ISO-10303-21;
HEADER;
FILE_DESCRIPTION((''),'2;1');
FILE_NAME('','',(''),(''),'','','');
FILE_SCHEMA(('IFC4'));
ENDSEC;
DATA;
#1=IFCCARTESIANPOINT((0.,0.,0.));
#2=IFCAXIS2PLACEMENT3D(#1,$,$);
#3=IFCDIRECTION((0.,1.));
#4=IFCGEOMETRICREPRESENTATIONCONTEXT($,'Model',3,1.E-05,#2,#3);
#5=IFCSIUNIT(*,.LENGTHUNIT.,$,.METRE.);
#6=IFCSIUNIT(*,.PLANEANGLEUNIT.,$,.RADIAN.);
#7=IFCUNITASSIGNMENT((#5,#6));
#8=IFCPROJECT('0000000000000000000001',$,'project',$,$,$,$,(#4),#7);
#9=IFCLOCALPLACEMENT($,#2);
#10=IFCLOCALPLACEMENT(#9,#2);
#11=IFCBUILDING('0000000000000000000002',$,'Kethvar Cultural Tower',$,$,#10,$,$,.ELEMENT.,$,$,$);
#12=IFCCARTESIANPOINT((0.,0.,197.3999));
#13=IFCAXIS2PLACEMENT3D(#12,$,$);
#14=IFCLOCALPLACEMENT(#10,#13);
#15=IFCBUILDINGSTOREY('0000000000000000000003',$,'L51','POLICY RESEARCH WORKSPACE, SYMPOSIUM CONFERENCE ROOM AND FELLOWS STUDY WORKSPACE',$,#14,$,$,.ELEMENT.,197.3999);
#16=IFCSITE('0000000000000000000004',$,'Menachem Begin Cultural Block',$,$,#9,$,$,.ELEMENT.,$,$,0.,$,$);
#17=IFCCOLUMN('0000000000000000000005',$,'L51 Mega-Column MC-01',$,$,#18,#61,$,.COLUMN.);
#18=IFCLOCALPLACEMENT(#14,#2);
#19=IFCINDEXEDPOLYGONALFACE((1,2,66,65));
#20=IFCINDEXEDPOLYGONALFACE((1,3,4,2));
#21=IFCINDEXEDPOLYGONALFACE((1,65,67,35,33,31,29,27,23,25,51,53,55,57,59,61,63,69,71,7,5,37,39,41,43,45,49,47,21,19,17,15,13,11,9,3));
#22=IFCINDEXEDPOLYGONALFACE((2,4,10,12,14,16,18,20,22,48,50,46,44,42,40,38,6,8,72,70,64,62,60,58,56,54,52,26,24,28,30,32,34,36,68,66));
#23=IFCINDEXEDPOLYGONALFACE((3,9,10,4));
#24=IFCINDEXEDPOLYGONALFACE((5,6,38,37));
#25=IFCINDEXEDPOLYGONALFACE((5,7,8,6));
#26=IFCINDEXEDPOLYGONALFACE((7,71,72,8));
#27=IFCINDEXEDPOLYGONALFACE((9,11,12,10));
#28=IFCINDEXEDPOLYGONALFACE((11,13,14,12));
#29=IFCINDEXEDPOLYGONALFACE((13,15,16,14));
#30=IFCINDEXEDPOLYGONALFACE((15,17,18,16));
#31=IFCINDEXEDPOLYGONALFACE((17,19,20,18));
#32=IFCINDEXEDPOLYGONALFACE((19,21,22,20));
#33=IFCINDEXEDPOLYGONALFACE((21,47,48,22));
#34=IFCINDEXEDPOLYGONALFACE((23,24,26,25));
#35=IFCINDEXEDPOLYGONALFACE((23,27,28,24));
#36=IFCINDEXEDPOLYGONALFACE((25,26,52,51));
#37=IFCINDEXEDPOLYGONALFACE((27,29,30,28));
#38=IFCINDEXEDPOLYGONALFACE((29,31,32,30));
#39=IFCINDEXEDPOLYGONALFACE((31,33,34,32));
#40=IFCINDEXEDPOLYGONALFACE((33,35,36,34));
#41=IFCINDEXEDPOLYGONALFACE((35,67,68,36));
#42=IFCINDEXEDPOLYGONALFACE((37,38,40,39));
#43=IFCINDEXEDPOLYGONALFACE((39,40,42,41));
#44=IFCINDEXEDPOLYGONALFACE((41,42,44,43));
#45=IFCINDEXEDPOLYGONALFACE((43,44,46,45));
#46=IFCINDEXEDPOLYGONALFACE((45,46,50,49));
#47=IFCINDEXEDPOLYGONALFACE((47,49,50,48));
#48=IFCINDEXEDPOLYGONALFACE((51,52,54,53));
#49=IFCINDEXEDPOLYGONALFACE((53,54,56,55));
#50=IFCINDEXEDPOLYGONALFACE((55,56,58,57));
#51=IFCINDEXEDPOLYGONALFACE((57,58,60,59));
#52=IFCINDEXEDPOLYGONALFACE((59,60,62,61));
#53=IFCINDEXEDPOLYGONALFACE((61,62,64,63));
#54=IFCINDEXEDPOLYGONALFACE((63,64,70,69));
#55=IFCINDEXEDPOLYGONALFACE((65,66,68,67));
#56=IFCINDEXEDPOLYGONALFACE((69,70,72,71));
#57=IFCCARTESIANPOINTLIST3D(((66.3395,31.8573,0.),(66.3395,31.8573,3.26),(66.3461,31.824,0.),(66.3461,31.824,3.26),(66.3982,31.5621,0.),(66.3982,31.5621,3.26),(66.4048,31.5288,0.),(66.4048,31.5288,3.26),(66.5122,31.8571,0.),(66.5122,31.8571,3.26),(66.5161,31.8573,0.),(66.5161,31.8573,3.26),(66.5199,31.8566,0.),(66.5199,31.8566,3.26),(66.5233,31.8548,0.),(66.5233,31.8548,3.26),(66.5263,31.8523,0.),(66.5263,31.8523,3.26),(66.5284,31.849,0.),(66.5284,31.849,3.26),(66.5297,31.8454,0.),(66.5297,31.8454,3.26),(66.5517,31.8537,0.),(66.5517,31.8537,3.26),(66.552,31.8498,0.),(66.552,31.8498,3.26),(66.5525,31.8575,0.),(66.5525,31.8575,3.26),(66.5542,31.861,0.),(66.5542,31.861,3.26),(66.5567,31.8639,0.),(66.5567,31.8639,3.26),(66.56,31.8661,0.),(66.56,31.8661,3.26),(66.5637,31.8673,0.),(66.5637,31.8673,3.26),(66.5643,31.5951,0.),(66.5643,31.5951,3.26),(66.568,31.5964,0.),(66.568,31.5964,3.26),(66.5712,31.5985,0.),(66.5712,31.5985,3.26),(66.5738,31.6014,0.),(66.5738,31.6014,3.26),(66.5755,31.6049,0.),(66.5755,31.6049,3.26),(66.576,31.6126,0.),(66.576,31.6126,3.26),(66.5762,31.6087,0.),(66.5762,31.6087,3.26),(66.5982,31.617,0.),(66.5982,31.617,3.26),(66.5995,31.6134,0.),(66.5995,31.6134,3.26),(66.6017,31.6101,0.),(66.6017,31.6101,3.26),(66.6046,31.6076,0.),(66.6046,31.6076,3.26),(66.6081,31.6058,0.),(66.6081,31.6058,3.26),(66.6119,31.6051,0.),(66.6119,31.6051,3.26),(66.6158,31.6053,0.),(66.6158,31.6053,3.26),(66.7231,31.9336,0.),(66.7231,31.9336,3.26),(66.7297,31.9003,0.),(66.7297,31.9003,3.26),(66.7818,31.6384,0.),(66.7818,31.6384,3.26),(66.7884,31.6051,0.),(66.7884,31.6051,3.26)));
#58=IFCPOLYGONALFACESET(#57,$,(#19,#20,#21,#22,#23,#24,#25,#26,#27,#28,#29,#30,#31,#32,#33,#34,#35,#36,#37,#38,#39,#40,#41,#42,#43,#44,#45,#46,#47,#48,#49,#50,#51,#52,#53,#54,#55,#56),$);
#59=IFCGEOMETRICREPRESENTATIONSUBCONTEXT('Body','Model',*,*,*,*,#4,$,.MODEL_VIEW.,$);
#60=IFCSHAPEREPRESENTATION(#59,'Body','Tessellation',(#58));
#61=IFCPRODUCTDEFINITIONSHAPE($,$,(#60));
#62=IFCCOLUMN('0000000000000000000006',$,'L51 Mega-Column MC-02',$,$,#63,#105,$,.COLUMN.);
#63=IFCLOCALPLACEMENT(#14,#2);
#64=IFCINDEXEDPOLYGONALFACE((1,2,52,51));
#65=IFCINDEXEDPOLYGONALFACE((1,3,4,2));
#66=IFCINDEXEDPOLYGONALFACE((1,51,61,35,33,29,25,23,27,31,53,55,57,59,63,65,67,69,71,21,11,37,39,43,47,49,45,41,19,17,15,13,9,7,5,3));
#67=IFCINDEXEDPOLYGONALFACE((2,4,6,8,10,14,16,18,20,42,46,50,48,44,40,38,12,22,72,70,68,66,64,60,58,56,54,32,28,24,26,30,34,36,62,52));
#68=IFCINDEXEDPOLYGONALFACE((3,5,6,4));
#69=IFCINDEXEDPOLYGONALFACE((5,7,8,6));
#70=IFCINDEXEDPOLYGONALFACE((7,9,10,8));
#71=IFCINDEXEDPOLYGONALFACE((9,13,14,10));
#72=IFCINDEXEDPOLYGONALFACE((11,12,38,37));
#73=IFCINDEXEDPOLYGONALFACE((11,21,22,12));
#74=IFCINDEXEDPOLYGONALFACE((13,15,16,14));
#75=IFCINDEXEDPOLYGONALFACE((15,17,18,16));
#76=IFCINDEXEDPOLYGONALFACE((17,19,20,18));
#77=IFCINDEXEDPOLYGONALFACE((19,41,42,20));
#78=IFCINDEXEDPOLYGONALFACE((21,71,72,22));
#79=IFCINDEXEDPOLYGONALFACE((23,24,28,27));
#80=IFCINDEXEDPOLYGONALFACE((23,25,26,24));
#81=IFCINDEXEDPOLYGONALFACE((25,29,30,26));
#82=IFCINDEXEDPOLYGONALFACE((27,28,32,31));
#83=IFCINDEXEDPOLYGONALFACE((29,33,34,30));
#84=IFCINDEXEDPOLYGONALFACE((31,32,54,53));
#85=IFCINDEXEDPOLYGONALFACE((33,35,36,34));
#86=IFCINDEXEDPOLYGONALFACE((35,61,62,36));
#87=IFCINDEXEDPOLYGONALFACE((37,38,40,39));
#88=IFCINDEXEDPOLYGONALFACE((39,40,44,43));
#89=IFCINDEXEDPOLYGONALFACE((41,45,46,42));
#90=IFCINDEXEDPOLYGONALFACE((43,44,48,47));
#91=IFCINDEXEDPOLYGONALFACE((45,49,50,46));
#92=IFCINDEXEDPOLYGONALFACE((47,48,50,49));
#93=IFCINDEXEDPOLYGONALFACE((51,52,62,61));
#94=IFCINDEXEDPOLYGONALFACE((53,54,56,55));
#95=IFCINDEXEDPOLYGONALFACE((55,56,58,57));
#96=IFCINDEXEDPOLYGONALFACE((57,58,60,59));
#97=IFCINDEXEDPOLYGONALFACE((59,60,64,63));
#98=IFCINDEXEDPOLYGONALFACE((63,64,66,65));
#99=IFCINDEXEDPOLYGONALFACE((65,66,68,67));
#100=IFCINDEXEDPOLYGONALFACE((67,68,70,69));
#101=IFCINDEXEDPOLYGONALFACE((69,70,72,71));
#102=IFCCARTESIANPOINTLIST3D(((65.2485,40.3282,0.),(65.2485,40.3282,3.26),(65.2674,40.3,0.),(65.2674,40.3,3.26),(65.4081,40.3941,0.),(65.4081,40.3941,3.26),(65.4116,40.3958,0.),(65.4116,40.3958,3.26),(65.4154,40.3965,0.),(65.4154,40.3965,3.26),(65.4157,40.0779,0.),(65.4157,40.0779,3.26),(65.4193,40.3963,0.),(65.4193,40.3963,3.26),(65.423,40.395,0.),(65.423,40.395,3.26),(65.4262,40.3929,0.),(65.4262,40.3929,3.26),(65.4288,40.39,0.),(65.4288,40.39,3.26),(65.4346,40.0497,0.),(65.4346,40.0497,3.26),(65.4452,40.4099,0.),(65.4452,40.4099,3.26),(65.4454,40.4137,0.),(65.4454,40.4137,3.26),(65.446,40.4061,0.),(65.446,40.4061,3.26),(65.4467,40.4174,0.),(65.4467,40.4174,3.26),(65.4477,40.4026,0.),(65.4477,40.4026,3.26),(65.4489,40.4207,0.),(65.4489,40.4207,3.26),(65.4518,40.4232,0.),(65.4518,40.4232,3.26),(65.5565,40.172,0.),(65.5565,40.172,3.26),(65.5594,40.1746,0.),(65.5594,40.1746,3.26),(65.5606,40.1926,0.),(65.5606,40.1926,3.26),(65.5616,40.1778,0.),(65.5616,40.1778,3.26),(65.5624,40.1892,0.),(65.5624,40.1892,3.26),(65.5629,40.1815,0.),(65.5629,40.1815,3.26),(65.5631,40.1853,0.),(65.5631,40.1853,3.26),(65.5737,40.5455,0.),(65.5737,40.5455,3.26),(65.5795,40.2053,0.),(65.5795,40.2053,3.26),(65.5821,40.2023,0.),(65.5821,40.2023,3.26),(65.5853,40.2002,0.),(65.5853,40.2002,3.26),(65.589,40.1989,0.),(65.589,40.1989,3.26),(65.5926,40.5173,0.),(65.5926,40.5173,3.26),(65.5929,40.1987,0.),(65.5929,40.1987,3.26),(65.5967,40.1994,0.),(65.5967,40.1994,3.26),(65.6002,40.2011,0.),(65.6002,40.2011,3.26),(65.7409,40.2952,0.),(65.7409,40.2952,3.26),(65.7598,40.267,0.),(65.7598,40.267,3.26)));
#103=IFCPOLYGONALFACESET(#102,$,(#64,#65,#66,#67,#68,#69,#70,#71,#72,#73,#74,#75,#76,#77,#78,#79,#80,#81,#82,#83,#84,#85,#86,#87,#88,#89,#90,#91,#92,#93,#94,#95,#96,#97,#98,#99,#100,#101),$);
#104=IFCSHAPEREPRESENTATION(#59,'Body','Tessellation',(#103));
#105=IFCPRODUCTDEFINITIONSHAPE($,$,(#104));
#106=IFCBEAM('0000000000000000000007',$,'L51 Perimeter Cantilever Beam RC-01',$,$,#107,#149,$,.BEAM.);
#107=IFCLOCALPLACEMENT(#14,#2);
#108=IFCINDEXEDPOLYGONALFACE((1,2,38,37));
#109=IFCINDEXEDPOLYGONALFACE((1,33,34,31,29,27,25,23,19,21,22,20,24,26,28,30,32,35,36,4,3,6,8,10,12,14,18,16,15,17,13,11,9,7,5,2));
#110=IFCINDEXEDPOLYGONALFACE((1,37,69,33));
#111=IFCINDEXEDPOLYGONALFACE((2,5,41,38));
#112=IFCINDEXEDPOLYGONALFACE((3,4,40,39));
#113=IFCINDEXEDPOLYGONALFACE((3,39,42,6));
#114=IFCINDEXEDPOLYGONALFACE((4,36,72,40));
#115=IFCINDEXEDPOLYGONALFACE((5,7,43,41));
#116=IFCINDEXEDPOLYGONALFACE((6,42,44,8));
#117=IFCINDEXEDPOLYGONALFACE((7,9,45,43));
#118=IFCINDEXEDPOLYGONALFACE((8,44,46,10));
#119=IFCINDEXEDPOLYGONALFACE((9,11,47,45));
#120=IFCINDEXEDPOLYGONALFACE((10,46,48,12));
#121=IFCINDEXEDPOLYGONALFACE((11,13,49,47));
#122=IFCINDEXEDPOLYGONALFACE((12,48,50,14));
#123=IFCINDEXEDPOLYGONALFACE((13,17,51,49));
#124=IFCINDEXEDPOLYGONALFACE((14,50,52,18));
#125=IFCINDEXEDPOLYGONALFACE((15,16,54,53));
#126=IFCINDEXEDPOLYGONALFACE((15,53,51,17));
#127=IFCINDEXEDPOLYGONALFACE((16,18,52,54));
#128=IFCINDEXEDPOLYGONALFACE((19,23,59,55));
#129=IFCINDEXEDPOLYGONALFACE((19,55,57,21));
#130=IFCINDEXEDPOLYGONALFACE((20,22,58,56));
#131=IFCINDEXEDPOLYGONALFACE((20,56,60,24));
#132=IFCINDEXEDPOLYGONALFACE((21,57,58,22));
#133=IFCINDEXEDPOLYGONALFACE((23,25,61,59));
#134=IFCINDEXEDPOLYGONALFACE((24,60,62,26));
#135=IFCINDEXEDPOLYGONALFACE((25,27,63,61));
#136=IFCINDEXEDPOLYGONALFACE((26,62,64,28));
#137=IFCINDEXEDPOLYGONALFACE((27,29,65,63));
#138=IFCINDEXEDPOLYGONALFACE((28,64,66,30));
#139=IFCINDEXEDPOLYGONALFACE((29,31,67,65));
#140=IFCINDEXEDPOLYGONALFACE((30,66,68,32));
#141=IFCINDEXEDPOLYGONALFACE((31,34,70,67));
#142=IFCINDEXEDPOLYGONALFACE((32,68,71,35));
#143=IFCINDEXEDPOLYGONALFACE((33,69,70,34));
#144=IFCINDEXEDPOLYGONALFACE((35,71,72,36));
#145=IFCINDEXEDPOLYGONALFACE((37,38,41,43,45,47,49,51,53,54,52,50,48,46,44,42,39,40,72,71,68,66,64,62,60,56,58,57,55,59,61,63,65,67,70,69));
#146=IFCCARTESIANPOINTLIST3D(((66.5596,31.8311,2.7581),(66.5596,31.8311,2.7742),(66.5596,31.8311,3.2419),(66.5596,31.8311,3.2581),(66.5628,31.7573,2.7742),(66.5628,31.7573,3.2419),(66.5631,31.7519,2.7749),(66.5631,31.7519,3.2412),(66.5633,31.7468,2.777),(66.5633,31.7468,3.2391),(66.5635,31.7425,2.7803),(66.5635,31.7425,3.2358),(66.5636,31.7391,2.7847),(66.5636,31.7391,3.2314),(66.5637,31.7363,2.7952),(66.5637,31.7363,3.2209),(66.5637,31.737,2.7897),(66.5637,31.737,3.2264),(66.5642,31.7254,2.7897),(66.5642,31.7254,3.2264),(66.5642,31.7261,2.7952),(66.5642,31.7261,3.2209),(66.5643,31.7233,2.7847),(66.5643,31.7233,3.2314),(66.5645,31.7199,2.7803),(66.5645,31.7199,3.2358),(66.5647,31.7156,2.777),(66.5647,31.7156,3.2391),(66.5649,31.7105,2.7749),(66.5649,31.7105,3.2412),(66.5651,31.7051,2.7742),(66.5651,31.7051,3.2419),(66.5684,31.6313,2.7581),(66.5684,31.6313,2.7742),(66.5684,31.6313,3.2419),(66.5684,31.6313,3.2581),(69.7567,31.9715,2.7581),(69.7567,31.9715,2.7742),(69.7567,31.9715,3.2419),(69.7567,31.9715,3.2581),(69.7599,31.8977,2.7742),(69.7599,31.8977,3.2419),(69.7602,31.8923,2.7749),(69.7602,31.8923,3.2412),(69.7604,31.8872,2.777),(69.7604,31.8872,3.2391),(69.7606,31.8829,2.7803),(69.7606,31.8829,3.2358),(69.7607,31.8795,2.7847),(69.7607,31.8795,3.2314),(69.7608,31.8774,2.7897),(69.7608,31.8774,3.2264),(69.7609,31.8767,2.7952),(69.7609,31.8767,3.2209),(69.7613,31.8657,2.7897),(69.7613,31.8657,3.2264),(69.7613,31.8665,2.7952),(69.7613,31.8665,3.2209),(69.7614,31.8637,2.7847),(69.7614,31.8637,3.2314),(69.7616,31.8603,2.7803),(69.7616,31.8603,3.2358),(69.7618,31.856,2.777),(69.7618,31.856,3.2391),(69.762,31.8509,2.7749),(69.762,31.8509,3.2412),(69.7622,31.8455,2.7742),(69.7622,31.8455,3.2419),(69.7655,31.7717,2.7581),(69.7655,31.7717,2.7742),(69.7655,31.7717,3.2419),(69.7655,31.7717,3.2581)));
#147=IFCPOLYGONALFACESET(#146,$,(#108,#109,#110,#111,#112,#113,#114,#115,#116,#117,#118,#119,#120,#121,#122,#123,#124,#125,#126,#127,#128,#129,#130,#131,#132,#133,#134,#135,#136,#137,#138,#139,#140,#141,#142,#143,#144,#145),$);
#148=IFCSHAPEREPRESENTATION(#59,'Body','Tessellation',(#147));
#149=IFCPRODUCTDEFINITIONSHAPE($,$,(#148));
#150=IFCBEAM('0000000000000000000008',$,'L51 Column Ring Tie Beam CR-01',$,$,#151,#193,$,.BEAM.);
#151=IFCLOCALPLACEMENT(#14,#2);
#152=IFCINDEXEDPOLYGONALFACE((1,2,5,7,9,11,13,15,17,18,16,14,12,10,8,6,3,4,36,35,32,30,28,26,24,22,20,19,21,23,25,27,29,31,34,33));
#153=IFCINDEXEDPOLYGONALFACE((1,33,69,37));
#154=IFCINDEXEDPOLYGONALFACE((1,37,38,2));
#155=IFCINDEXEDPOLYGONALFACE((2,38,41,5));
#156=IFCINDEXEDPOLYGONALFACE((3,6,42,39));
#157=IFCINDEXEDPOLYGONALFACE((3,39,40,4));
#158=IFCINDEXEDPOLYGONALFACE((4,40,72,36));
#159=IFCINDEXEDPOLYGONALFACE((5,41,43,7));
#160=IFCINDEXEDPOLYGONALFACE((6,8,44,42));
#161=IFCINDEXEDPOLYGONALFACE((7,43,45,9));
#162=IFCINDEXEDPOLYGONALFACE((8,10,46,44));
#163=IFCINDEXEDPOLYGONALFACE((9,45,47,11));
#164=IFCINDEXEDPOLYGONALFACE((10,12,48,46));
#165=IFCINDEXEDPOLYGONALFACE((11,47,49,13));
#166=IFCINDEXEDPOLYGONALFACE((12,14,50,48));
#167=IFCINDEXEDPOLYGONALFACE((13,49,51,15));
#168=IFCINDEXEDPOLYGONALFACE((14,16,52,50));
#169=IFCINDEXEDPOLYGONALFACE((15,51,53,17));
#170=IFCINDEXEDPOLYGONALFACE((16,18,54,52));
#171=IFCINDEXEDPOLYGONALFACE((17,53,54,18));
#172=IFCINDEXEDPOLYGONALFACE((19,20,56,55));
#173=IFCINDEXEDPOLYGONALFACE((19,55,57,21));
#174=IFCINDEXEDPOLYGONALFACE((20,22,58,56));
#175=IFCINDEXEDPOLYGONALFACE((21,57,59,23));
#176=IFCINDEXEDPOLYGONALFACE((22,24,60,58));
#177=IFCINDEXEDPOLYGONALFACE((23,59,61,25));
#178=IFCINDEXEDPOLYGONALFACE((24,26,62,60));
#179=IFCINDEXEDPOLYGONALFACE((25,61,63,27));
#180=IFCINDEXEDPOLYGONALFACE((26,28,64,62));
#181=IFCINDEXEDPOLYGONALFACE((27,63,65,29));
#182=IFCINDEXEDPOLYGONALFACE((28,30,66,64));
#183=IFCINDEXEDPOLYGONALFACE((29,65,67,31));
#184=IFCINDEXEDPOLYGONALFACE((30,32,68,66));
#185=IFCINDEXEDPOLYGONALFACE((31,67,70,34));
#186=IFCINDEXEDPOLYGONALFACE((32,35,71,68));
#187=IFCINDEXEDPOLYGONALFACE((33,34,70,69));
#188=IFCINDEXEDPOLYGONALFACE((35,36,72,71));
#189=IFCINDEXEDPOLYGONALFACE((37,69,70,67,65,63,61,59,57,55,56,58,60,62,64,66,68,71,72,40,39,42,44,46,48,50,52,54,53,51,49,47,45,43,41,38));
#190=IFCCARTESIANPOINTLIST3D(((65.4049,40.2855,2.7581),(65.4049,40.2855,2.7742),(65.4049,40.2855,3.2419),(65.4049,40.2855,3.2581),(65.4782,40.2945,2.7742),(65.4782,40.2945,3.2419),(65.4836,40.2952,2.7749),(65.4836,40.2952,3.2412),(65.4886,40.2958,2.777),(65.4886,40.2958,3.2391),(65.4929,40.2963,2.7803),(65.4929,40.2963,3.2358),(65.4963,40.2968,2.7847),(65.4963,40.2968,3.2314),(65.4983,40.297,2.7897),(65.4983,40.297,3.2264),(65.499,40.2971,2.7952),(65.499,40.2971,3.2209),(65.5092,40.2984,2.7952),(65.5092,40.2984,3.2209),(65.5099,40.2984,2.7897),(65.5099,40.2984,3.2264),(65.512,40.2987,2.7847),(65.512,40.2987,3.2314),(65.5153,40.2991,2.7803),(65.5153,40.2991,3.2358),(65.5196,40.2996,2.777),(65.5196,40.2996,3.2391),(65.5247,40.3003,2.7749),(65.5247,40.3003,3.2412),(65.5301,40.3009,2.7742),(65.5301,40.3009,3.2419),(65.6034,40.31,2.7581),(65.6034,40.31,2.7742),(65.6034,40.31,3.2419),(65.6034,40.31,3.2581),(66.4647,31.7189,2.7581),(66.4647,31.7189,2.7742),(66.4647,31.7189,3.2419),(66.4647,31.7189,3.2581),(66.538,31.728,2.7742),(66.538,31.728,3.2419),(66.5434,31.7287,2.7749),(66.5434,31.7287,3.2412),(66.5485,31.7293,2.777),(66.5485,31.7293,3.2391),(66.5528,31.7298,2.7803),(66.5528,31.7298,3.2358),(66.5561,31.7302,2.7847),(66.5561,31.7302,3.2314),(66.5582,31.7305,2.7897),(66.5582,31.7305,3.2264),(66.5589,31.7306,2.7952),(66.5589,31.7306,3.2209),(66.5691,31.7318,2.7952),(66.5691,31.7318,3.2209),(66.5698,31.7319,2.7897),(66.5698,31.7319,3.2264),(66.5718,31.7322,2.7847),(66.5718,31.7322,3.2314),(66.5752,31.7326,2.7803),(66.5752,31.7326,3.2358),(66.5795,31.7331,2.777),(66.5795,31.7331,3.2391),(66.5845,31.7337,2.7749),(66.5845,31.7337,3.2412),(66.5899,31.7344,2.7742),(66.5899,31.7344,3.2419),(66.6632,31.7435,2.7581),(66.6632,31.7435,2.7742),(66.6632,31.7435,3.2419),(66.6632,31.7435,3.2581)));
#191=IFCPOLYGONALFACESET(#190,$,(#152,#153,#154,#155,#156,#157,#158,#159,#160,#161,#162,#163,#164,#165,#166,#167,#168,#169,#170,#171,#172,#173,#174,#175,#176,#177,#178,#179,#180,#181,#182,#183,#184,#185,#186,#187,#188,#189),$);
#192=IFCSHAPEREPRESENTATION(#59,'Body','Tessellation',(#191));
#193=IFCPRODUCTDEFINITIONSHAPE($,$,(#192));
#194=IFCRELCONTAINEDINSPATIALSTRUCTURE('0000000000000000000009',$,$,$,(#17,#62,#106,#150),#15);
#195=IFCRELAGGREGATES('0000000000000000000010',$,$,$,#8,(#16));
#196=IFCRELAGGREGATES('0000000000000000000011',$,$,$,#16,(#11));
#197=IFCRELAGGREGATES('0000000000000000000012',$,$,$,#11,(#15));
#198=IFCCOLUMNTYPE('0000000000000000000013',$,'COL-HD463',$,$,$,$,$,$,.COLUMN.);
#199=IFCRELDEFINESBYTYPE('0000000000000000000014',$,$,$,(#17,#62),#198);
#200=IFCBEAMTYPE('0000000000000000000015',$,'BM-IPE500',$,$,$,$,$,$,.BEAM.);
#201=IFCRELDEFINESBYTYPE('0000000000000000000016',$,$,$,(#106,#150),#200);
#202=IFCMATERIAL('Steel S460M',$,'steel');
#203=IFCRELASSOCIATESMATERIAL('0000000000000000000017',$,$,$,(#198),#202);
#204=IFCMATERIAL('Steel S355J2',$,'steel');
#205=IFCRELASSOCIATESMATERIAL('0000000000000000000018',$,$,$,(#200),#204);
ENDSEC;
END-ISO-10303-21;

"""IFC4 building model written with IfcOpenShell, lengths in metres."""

from ifc_helpers import new_model, si_unit, direction, frame, origin, origin_2d, place, context, subcontext, project, spatial, i_section, extrude, source, transform, mapped, material, material_profile, profile_set, type_object, element, save


model = new_model("IFC4")

# Units and contexts
model_context = context("Model", 3, precision=1e-05, world=origin(), true_north=direction((0.0, 1.0)))
body_context = subcontext(model_context, "Body", "Model", "MODEL_VIEW")
ifc_project = project(units=[si_unit("LENGTHUNIT", "METRE"), si_unit("PLANEANGLEUNIT", "RADIAN")], contexts=[model_context])

# Site, building, storey
site_placement = place(None, origin())
site = spatial("IfcSite", under=ifc_project, at=site_placement, Name="Menachem Begin Cultural Block", CompositionType="ELEMENT", RefElevation=0.0)
building_placement = place(site_placement, origin())
building = spatial("IfcBuilding", under=site, at=building_placement, Name="Kethvar Cultural Tower", CompositionType="ELEMENT")
storey_placement = place(building_placement, frame((0.0, 0.0, 197.3999)))
storey = spatial("IfcBuildingStorey", under=building, at=storey_placement, Name="L51", Description="POLICY RESEARCH WORKSPACE, SYMPOSIUM CONFERENCE ROOM AND FELLOWS STUDY WORKSPACE", CompositionType="ELEMENT", Elevation=197.3999)

# Columns
ifc_material_1 = material(Name="Steel S460M", Category="steel")
ifc_material_profile_1 = material_profile(ifc_material_1, i_section(OverallWidth=0.3911, OverallDepth=0.335, WebThickness=0.0227, FlangeThickness=0.0339, FilletRadius=0.0149, at=origin_2d()), Name="Steel S460M — HD400x463")
ifc_profile_set_1 = profile_set([ifc_material_profile_1], Name="Steel S460M — HD400x463")
column_type = type_object("IfcColumnType", Name="COL-HD463", PredefinedType="COLUMN", material=ifc_profile_set_1)
shared_shape_1 = source(origin(), body_context, "Body", "SweptSolid", [
    extrude(i_section(OverallWidth=0.3911, OverallDepth=0.335, WebThickness=0.0227, FlangeThickness=0.0339, FilletRadius=0.0149, at=origin_2d()), origin(), (0.0, 0.0, 1.0), 3.26),
])
for number, where, z_axis, x_axis, name in (
    (1, (66.564, 31.7312, 0.0), (0.0, 0.0, 1.0), (0.980785, 0.19509, 0.0), "L51 Mega-Column MC-01"),
    (2, (65.5042, 40.2976, 0.0), (0.0, 0.0, 1.0), (0.83147, 0.55557, 0.0), "L51 Mega-Column MC-02"),
):
    element("IfcColumn", number, at=place(storey_placement, frame(where, z_axis=z_axis, x_axis=x_axis)), inside=storey, type_object=column_type, Name=name, PredefinedType="COLUMN", context=body_context, shape_type="MappedRepresentation", body=[
        mapped(shared_shape_1, transform((0.0, 0.0, 0.0), scale=1.0)),
    ])

# Beams
ifc_material_2 = material(Name="Steel S355J2", Category="steel")
ifc_material_profile_2 = material_profile(ifc_material_2, i_section(OverallWidth=0.2, OverallDepth=0.5, WebThickness=0.0103, FlangeThickness=0.0161, FilletRadius=0.021, at=origin_2d()), Name="Steel S355J2 — IPE500")
ifc_profile_set_2 = profile_set([ifc_material_profile_2], Name="Steel S355J2 — IPE500")
beam_type_1 = type_object("IfcBeamType", Name="BM-IPE500", PredefinedType="BEAM", material=ifc_profile_set_2)
shared_shape_2 = source(origin(), body_context, "Body", "SweptSolid", [
    extrude(i_section(OverallWidth=0.2, OverallDepth=0.5, WebThickness=0.0103, FlangeThickness=0.0161, FilletRadius=0.021, at=origin_2d()), origin(), (0.0, 0.0, 1.0), 3.2002),
])
beam_1_placement = place(storey_placement, frame((66.564, 31.7312, 3.0081), z_axis=(0.999037, 0.043868, 0.0), x_axis=(-0.043868, 0.999037, 0.0)))
element("IfcBeam", 3, at=beam_1_placement, inside=storey, type_object=beam_type_1, Name="L51 Perimeter Cantilever Beam RC-01", PredefinedType="BEAM", context=body_context, shape_type="MappedRepresentation", body=[
    mapped(shared_shape_2, transform((0.0, 0.0, 0.0), scale=1.0)),
])
shared_shape_3 = source(origin(), body_context, "Body", "SweptSolid", [
    extrude(i_section(OverallWidth=0.2, OverallDepth=0.5, WebThickness=0.0103, FlangeThickness=0.0161, FilletRadius=0.021, at=origin_2d()), origin(), (0.0, 0.0, 1.0), 8.6318),
])
beam_2_placement = place(storey_placement, frame((66.564, 31.7312, 3.0081), z_axis=(-0.122781, 0.992434, 0.0), x_axis=(-0.992434, -0.122781, 0.0)))
element("IfcBeam", 4, at=beam_2_placement, inside=storey, type_object=beam_type_1, Name="L51 Column Ring Tie Beam CR-01", PredefinedType="BEAM", context=body_context, shape_type="MappedRepresentation", body=[
    mapped(shared_shape_3, transform((0.0, 0.0, 0.0), scale=1.0)),
])

save(model, "model.ifc")
